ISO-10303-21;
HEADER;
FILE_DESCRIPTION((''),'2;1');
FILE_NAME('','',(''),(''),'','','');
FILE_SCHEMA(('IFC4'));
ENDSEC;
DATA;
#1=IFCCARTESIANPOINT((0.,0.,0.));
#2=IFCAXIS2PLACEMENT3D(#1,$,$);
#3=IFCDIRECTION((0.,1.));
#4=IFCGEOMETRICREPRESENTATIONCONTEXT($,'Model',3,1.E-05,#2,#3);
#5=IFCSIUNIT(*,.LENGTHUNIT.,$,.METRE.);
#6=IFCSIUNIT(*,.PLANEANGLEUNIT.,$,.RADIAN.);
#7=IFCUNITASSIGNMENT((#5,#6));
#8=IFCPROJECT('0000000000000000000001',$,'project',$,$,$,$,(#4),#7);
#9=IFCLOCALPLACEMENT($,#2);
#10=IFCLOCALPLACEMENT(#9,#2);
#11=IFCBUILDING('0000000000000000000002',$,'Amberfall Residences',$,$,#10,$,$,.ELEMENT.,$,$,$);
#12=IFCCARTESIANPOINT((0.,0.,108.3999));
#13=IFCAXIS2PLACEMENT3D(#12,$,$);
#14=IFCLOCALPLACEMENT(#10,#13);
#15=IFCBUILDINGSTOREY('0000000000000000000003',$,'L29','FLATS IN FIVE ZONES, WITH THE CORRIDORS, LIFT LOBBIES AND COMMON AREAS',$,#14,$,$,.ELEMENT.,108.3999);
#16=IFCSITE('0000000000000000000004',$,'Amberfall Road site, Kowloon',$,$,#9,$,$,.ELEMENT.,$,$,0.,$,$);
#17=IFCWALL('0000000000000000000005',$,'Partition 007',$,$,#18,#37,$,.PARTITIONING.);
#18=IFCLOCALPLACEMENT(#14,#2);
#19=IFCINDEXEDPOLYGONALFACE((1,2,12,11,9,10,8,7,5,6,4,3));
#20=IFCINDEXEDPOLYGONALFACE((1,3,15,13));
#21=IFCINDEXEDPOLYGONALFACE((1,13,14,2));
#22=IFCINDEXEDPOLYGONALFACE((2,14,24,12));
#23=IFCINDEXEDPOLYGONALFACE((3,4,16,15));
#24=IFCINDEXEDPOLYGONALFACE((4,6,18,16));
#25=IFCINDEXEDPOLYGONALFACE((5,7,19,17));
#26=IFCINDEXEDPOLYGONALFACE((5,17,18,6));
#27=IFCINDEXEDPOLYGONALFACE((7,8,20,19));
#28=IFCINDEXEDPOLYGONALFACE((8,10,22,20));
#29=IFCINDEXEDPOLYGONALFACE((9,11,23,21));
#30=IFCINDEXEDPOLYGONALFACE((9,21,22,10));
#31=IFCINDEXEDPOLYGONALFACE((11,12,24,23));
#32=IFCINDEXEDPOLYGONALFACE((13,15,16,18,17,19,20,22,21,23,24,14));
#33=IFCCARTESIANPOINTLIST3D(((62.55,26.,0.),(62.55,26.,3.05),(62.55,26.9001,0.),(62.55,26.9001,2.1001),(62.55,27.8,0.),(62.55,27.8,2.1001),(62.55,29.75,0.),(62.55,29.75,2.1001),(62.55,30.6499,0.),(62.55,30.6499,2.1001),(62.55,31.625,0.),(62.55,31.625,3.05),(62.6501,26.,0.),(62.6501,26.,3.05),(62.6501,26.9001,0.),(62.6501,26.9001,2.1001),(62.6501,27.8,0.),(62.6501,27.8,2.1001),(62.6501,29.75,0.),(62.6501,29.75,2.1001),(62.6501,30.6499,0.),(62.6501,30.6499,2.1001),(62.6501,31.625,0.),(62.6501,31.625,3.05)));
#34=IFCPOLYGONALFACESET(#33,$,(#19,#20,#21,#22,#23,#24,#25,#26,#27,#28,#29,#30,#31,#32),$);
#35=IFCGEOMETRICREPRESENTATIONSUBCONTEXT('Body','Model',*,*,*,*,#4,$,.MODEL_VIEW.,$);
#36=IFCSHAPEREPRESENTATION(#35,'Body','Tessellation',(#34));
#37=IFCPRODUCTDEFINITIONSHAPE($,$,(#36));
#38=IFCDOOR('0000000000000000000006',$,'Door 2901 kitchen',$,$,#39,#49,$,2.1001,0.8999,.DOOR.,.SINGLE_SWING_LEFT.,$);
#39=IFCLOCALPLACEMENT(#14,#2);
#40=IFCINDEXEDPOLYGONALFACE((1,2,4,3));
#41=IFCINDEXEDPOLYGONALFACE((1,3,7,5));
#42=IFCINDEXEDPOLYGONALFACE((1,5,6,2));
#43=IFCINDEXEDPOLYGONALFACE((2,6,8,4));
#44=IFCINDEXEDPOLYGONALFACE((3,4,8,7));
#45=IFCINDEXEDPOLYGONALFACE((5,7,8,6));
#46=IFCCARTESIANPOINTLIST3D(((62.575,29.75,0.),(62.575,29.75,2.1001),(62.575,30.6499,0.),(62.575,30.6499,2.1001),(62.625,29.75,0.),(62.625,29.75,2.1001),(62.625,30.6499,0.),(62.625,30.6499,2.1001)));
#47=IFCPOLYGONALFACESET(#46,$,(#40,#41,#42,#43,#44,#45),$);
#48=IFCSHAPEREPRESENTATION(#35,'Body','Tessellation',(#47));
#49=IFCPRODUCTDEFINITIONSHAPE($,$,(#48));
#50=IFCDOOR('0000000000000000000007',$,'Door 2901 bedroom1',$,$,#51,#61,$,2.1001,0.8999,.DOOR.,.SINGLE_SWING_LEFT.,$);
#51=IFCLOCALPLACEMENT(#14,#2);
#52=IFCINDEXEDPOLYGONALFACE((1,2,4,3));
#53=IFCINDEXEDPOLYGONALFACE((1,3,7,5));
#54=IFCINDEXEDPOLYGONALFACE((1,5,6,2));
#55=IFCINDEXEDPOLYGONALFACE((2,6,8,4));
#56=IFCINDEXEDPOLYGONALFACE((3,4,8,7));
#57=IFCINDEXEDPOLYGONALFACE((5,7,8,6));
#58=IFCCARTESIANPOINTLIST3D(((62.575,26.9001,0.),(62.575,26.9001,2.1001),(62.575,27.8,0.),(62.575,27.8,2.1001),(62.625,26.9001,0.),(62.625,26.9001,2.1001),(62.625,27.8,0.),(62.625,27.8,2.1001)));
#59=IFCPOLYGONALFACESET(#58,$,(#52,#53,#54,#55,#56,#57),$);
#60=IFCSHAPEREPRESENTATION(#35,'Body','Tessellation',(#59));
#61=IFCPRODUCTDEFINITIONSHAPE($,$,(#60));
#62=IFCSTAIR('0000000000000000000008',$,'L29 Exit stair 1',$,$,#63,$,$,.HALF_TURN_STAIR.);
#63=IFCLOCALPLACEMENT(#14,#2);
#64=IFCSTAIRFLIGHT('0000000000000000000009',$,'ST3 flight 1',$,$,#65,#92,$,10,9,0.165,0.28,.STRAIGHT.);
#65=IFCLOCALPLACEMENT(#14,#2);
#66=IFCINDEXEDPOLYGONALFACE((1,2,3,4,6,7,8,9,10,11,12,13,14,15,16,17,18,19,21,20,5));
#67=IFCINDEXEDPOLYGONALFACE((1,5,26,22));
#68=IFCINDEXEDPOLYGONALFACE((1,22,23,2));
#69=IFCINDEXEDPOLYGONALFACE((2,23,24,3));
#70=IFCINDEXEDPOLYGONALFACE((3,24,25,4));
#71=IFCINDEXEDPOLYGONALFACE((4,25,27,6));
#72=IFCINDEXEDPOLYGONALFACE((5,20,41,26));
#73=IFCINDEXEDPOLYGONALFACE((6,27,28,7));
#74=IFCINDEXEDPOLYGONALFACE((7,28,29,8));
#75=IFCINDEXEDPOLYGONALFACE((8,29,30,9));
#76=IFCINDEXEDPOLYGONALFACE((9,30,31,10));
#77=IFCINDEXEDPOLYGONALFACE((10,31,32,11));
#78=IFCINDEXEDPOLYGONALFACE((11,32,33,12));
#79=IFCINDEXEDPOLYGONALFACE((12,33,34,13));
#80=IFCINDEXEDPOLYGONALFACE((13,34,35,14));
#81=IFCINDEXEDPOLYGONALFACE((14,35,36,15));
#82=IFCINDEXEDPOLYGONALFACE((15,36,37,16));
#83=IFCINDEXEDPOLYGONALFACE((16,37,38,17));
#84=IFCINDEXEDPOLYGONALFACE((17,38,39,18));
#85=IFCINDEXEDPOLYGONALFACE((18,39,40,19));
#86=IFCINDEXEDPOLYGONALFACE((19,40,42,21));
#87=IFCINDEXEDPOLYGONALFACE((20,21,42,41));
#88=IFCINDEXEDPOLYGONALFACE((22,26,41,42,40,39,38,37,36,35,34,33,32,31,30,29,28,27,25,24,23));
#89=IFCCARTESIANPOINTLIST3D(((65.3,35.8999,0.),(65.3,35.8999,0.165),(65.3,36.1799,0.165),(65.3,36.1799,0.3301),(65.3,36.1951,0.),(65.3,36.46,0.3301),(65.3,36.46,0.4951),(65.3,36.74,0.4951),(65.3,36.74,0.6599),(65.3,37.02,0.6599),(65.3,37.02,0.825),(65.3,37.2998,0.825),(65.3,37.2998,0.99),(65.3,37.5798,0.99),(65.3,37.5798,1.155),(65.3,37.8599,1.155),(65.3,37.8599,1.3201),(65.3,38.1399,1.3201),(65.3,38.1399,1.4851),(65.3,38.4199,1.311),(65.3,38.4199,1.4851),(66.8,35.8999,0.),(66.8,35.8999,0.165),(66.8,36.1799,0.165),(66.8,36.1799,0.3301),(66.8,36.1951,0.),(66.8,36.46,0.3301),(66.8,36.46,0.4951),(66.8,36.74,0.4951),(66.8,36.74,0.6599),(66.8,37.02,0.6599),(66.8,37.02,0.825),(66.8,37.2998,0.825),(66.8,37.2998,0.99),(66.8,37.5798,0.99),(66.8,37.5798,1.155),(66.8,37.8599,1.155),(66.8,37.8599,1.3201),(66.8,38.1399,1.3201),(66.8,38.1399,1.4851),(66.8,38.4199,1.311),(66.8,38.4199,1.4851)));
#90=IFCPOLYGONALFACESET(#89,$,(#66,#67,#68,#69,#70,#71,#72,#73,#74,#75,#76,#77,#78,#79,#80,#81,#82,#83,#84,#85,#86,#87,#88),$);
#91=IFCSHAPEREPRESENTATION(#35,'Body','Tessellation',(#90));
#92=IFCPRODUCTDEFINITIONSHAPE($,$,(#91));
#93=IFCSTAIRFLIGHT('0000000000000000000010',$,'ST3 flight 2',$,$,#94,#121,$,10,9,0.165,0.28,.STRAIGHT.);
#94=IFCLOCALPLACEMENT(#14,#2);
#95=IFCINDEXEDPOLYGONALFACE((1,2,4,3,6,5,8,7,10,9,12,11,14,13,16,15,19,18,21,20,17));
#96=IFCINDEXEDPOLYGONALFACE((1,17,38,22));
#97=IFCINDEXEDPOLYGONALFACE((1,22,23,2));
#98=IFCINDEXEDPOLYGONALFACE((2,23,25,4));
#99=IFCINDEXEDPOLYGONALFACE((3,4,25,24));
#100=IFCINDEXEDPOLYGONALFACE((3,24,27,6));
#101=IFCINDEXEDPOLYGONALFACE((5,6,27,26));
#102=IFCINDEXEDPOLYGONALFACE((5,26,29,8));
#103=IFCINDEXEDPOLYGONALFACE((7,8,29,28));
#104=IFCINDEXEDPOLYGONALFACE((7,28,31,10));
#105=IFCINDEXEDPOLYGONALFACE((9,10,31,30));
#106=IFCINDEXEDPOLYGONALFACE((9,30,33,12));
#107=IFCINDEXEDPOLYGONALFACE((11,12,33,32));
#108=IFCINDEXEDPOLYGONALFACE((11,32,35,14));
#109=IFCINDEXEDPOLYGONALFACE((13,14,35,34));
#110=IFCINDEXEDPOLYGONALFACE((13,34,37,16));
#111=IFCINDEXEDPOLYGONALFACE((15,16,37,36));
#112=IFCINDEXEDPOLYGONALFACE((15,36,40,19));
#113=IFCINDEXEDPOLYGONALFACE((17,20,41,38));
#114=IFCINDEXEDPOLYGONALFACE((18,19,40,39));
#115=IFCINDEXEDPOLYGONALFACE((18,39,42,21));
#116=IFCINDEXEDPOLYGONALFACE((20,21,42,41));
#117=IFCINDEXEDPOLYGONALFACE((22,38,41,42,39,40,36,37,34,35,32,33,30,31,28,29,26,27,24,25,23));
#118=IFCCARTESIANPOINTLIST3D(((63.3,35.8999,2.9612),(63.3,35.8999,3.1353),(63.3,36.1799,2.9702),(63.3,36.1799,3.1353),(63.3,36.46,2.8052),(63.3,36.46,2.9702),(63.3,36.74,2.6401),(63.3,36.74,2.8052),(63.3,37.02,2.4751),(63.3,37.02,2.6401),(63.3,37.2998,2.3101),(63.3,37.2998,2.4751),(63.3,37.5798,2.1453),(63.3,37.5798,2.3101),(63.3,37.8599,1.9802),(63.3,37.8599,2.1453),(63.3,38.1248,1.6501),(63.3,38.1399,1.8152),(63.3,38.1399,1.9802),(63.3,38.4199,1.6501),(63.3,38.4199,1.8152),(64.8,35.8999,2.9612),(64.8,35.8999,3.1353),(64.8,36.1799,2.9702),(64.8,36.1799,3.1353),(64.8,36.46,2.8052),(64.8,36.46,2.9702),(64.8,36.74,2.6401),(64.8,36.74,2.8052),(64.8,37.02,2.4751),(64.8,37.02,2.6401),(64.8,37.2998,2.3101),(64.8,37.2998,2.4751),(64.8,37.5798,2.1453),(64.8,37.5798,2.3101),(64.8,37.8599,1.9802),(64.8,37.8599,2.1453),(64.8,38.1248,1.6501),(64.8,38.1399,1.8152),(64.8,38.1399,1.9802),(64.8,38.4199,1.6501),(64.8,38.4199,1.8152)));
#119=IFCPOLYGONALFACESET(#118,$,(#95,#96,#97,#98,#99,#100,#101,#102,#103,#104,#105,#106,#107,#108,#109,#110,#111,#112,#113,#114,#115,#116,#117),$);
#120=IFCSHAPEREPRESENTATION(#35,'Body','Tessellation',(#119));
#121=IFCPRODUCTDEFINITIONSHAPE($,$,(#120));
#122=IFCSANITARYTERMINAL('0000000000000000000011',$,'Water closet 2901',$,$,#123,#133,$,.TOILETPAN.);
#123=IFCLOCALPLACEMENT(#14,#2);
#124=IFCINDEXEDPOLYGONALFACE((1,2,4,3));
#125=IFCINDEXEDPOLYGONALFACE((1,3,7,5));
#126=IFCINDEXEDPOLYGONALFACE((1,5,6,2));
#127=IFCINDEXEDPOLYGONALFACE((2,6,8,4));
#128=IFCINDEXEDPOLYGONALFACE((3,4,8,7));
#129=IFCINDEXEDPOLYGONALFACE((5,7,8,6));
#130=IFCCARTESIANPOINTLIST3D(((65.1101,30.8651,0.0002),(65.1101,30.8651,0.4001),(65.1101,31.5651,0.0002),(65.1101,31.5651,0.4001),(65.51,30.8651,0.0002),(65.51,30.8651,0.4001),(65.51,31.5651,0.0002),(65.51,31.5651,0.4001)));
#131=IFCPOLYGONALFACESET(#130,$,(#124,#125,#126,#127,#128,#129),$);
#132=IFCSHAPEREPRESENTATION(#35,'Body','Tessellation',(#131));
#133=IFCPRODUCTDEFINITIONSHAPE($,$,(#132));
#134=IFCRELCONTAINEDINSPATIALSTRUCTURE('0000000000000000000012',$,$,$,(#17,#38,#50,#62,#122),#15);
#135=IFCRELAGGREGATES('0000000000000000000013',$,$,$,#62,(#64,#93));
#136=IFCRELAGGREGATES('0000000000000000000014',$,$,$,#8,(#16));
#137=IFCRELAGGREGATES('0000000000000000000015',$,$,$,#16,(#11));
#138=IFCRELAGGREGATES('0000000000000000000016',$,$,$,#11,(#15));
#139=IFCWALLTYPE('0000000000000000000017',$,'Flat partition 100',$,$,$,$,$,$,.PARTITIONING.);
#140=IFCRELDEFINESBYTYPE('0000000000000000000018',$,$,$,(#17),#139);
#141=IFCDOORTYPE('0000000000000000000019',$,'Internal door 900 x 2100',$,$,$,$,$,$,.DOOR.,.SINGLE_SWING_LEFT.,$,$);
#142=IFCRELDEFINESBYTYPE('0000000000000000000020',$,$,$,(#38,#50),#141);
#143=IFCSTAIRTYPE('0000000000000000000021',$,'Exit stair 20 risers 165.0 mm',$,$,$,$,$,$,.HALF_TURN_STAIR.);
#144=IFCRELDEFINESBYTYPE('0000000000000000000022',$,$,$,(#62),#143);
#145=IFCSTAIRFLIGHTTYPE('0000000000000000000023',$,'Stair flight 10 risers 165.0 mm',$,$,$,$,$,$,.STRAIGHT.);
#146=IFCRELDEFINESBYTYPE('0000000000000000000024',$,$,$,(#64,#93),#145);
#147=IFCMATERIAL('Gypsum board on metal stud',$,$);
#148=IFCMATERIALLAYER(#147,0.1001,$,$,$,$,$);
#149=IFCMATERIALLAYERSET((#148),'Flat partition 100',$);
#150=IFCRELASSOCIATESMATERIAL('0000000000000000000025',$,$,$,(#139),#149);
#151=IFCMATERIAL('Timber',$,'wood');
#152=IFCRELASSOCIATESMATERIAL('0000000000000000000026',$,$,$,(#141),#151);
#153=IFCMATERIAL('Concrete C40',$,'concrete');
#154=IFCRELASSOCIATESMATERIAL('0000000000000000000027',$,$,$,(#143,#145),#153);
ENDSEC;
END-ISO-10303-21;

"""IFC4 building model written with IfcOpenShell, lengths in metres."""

from ifc_helpers import new_model, si_unit, direction, frame, frame_2d, origin, origin_2d, place, context, subcontext, project, spatial, polyline, rectangle, outline, extrude, material, layer, layer_set, type_object, element, fill, aggregate, save


model = new_model("IFC4")

# Units and contexts
model_context = context("Model", 3, precision=1e-05, world=origin(), true_north=direction((0.0, 1.0)))
body_context = subcontext(model_context, "Body", "Model", "MODEL_VIEW")
ifc_project = project(units=[si_unit("LENGTHUNIT", "METRE"), si_unit("PLANEANGLEUNIT", "RADIAN")], contexts=[model_context])

# Site, building, storey
site_placement = place(None, origin())
site = spatial("IfcSite", under=ifc_project, at=site_placement, Name="Amberfall Road site, Kowloon", CompositionType="ELEMENT", RefElevation=0.0)
building_placement = place(site_placement, origin())
building = spatial("IfcBuilding", under=site, at=building_placement, Name="Amberfall Residences", CompositionType="ELEMENT")
storey_placement = place(building_placement, frame((0.0, 0.0, 108.3999)))
storey = spatial("IfcBuildingStorey", under=building, at=storey_placement, Name="L29", Description="FLATS IN FIVE ZONES, WITH THE CORRIDORS, LIFT LOBBIES AND COMMON AREAS", CompositionType="ELEMENT", Elevation=108.3999)

# Wall, openings, doors
ifc_material_1 = material(Name="Gypsum board on metal stud")
ifc_layer_1 = layer(ifc_material_1, 0.1001)
ifc_layer_set_1 = layer_set([ifc_layer_1], Name="Flat partition 100")
wall_type_1 = type_object("IfcWallType", Name="Flat partition 100", PredefinedType="PARTITIONING", material=ifc_layer_set_1)
wall_1_placement = place(storey_placement, frame((62.6001, 31.625, 0.0), z_axis=(0.0, 0.0, 1.0), x_axis=(0.0, -1.0, 0.0)))
wall_1 = element("IfcWall", 1, at=wall_1_placement, inside=storey, type_object=wall_type_1, Name="Partition 007", PredefinedType="PARTITIONING", context=body_context, shape_type="SweptSolid", body=[
    extrude(rectangle(XDim=5.625, YDim=0.1001, at=frame_2d((2.8125, 0.0))), origin(), (0.0, 0.0, 1.0), 3.05),
])
opening_1_placement = place(wall_1_placement, frame((0.9751, 0.0, 0.0)))
opening_1 = element("IfcOpeningElement", 2, at=opening_1_placement, cuts=wall_1, PredefinedType="OPENING", context=body_context, shape_type="SweptSolid", body=[
    extrude(rectangle(XDim=0.8999, YDim=2.1001, at=frame_2d((0.45, 1.05))), frame((0.0, 0.0601, 0.0), z_axis=(0.0, -1.0, 0.0), x_axis=(1.0, 0.0, 0.0)), (0.0, 0.0, 1.0), 0.1201),
])
opening_2_placement = place(wall_1_placement, frame((3.825, 0.0, 0.0)))
opening_2 = element("IfcOpeningElement", 3, at=opening_2_placement, cuts=wall_1, PredefinedType="OPENING", context=body_context, shape_type="SweptSolid", body=[
    extrude(rectangle(XDim=0.8999, YDim=2.1001, at=frame_2d((0.45, 1.05))), frame((0.0, 0.0601, 0.0), z_axis=(0.0, -1.0, 0.0), x_axis=(1.0, 0.0, 0.0)), (0.0, 0.0, 1.0), 0.1201),
])
ifc_material_2 = material(Name="Timber", Category="wood")
door_type_1 = type_object("IfcDoorType", Name="Internal door 900 x 2100", OperationType="SINGLE_SWING_LEFT", PredefinedType="DOOR", material=ifc_material_2)
door_1_placement = place(opening_1_placement, origin())
door_1 = element("IfcDoor", 4, at=door_1_placement, inside=storey, type_object=door_type_1, Name="Door 2901 kitchen", OperationType="SINGLE_SWING_LEFT", OverallHeight=2.1001, OverallWidth=0.8999, PredefinedType="DOOR", context=body_context, shape_type="SweptSolid", body=[
    extrude(rectangle(XDim=0.8999, YDim=2.1001, at=frame_2d((0.45, 1.05))), frame((0.0, 0.0249, 0.0), z_axis=(0.0, -1.0, 0.0), x_axis=(1.0, 0.0, 0.0)), (0.0, 0.0, 1.0), 0.05),
])
fill(opening_1, door_1)
door_2_placement = place(opening_2_placement, origin())
door_2 = element("IfcDoor", 5, at=door_2_placement, inside=storey, type_object=door_type_1, Name="Door 2901 bedroom1", OperationType="SINGLE_SWING_LEFT", OverallHeight=2.1001, OverallWidth=0.8999, PredefinedType="DOOR", context=body_context, shape_type="SweptSolid", body=[
    extrude(rectangle(XDim=0.8999, YDim=2.1001, at=frame_2d((0.45, 1.05))), frame((0.0, 0.0249, 0.0), z_axis=(0.0, -1.0, 0.0), x_axis=(1.0, 0.0, 0.0)), (0.0, 0.0, 1.0), 0.05),
])
fill(opening_2, door_2)

# Stair, stair flights
ifc_material_3 = material(Name="Concrete C40", Category="concrete")
stair_type = type_object("IfcStairType", Name="Exit stair 20 risers 165.0 mm", PredefinedType="HALF_TURN_STAIR", material=ifc_material_3)
stair_placement = place(storey_placement, origin())
stair = element("IfcStair", 6, at=stair_placement, inside=storey, type_object=stair_type, Name="L29 Exit stair 1", PredefinedType="HALF_TURN_STAIR")
stair_flight_type = type_object("IfcStairFlightType", Name="Stair flight 10 risers 165.0 mm", PredefinedType="STRAIGHT", material=ifc_material_3)
stair_flight_1_placement = place(storey_placement, frame((66.05, 35.8999, 0.0), z_axis=(0.0, 0.0, 1.0), x_axis=(0.0, 1.0, 0.0)))
stair_flight_1 = element("IfcStairFlight", 7, at=stair_flight_1_placement, type_object=stair_flight_type, Name="ST3 flight 1", NumberOfRisers=10, NumberOfTreads=9, PredefinedType="STRAIGHT", RiserHeight=0.165, TreadLength=0.28, context=body_context, shape_type="SweptSolid", body=[
    extrude(outline(polyline([(0.0, 0.0), (0.0, 0.165), (0.28, 0.165), (0.28, 0.3301), (0.5601, 0.3301), (0.5601, 0.4951), (0.8401, 0.4951), (0.8401, 0.6599), (1.1201, 0.6599), (1.1201, 0.825), (1.3999, 0.825), (1.3999, 0.99), (1.6799, 0.99), (1.6799, 1.155), (1.96, 1.155), (1.96, 1.3201), (2.24, 1.3201), (2.24, 1.4851), (2.52, 1.4851), (2.52, 1.6499), (2.52, 1.311), (0.2952, 0.0), (0.0, 0.0)])), frame((0.0, 0.75, 0.0), z_axis=(0.0, -1.0, 0.0), x_axis=(1.0, 0.0, 0.0)), (0.0, 0.0, 1.0), 1.5),
])
stair_flight_2_placement = place(storey_placement, frame((64.05, 38.4199, 1.6501), z_axis=(0.0, 0.0, 1.0), x_axis=(0.0, -1.0, 0.0)))
stair_flight_2 = element("IfcStairFlight", 8, at=stair_flight_2_placement, type_object=stair_flight_type, Name="ST3 flight 2", NumberOfRisers=10, NumberOfTreads=9, PredefinedType="STRAIGHT", RiserHeight=0.165, TreadLength=0.28, context=body_context, shape_type="SweptSolid", body=[
    extrude(outline(polyline([(0.0, 0.0), (0.0, 0.165), (0.28, 0.165), (0.28, 0.3301), (0.5601, 0.3301), (0.5601, 0.4951), (0.8401, 0.4951), (0.8401, 0.6599), (1.1201, 0.6599), (1.1201, 0.825), (1.3999, 0.825), (1.3999, 0.99), (1.6799, 0.99), (1.6799, 1.155), (1.96, 1.155), (1.96, 1.3201), (2.24, 1.3201), (2.24, 1.4851), (2.52, 1.4851), (2.52, 1.6499), (2.52, 1.311), (0.2952, 0.0), (0.0, 0.0)])), frame((0.0, 0.75, 0.0), z_axis=(0.0, -1.0, 0.0), x_axis=(1.0, 0.0, 0.0)), (0.0, 0.0, 1.0), 1.5),
])
aggregate(stair, [stair_flight_1, stair_flight_2])

# Sanitary terminal
sanitary_terminal_placement = place(storey_placement, frame((65.3101, 31.2151, 0.0002), z_axis=(0.0, 0.0, 1.0), x_axis=(1.0, 0.0, 0.0)))
element("IfcSanitaryTerminal", 9, at=sanitary_terminal_placement, inside=storey, Name="Water closet 2901", PredefinedType="TOILETPAN", context=body_context, shape_type="SweptSolid", body=[
    extrude(rectangle(XDim=0.3999, YDim=0.7, at=origin_2d()), origin(), (0.0, 0.0, 1.0), 0.3999),
])

save(model, "model.ifc")
